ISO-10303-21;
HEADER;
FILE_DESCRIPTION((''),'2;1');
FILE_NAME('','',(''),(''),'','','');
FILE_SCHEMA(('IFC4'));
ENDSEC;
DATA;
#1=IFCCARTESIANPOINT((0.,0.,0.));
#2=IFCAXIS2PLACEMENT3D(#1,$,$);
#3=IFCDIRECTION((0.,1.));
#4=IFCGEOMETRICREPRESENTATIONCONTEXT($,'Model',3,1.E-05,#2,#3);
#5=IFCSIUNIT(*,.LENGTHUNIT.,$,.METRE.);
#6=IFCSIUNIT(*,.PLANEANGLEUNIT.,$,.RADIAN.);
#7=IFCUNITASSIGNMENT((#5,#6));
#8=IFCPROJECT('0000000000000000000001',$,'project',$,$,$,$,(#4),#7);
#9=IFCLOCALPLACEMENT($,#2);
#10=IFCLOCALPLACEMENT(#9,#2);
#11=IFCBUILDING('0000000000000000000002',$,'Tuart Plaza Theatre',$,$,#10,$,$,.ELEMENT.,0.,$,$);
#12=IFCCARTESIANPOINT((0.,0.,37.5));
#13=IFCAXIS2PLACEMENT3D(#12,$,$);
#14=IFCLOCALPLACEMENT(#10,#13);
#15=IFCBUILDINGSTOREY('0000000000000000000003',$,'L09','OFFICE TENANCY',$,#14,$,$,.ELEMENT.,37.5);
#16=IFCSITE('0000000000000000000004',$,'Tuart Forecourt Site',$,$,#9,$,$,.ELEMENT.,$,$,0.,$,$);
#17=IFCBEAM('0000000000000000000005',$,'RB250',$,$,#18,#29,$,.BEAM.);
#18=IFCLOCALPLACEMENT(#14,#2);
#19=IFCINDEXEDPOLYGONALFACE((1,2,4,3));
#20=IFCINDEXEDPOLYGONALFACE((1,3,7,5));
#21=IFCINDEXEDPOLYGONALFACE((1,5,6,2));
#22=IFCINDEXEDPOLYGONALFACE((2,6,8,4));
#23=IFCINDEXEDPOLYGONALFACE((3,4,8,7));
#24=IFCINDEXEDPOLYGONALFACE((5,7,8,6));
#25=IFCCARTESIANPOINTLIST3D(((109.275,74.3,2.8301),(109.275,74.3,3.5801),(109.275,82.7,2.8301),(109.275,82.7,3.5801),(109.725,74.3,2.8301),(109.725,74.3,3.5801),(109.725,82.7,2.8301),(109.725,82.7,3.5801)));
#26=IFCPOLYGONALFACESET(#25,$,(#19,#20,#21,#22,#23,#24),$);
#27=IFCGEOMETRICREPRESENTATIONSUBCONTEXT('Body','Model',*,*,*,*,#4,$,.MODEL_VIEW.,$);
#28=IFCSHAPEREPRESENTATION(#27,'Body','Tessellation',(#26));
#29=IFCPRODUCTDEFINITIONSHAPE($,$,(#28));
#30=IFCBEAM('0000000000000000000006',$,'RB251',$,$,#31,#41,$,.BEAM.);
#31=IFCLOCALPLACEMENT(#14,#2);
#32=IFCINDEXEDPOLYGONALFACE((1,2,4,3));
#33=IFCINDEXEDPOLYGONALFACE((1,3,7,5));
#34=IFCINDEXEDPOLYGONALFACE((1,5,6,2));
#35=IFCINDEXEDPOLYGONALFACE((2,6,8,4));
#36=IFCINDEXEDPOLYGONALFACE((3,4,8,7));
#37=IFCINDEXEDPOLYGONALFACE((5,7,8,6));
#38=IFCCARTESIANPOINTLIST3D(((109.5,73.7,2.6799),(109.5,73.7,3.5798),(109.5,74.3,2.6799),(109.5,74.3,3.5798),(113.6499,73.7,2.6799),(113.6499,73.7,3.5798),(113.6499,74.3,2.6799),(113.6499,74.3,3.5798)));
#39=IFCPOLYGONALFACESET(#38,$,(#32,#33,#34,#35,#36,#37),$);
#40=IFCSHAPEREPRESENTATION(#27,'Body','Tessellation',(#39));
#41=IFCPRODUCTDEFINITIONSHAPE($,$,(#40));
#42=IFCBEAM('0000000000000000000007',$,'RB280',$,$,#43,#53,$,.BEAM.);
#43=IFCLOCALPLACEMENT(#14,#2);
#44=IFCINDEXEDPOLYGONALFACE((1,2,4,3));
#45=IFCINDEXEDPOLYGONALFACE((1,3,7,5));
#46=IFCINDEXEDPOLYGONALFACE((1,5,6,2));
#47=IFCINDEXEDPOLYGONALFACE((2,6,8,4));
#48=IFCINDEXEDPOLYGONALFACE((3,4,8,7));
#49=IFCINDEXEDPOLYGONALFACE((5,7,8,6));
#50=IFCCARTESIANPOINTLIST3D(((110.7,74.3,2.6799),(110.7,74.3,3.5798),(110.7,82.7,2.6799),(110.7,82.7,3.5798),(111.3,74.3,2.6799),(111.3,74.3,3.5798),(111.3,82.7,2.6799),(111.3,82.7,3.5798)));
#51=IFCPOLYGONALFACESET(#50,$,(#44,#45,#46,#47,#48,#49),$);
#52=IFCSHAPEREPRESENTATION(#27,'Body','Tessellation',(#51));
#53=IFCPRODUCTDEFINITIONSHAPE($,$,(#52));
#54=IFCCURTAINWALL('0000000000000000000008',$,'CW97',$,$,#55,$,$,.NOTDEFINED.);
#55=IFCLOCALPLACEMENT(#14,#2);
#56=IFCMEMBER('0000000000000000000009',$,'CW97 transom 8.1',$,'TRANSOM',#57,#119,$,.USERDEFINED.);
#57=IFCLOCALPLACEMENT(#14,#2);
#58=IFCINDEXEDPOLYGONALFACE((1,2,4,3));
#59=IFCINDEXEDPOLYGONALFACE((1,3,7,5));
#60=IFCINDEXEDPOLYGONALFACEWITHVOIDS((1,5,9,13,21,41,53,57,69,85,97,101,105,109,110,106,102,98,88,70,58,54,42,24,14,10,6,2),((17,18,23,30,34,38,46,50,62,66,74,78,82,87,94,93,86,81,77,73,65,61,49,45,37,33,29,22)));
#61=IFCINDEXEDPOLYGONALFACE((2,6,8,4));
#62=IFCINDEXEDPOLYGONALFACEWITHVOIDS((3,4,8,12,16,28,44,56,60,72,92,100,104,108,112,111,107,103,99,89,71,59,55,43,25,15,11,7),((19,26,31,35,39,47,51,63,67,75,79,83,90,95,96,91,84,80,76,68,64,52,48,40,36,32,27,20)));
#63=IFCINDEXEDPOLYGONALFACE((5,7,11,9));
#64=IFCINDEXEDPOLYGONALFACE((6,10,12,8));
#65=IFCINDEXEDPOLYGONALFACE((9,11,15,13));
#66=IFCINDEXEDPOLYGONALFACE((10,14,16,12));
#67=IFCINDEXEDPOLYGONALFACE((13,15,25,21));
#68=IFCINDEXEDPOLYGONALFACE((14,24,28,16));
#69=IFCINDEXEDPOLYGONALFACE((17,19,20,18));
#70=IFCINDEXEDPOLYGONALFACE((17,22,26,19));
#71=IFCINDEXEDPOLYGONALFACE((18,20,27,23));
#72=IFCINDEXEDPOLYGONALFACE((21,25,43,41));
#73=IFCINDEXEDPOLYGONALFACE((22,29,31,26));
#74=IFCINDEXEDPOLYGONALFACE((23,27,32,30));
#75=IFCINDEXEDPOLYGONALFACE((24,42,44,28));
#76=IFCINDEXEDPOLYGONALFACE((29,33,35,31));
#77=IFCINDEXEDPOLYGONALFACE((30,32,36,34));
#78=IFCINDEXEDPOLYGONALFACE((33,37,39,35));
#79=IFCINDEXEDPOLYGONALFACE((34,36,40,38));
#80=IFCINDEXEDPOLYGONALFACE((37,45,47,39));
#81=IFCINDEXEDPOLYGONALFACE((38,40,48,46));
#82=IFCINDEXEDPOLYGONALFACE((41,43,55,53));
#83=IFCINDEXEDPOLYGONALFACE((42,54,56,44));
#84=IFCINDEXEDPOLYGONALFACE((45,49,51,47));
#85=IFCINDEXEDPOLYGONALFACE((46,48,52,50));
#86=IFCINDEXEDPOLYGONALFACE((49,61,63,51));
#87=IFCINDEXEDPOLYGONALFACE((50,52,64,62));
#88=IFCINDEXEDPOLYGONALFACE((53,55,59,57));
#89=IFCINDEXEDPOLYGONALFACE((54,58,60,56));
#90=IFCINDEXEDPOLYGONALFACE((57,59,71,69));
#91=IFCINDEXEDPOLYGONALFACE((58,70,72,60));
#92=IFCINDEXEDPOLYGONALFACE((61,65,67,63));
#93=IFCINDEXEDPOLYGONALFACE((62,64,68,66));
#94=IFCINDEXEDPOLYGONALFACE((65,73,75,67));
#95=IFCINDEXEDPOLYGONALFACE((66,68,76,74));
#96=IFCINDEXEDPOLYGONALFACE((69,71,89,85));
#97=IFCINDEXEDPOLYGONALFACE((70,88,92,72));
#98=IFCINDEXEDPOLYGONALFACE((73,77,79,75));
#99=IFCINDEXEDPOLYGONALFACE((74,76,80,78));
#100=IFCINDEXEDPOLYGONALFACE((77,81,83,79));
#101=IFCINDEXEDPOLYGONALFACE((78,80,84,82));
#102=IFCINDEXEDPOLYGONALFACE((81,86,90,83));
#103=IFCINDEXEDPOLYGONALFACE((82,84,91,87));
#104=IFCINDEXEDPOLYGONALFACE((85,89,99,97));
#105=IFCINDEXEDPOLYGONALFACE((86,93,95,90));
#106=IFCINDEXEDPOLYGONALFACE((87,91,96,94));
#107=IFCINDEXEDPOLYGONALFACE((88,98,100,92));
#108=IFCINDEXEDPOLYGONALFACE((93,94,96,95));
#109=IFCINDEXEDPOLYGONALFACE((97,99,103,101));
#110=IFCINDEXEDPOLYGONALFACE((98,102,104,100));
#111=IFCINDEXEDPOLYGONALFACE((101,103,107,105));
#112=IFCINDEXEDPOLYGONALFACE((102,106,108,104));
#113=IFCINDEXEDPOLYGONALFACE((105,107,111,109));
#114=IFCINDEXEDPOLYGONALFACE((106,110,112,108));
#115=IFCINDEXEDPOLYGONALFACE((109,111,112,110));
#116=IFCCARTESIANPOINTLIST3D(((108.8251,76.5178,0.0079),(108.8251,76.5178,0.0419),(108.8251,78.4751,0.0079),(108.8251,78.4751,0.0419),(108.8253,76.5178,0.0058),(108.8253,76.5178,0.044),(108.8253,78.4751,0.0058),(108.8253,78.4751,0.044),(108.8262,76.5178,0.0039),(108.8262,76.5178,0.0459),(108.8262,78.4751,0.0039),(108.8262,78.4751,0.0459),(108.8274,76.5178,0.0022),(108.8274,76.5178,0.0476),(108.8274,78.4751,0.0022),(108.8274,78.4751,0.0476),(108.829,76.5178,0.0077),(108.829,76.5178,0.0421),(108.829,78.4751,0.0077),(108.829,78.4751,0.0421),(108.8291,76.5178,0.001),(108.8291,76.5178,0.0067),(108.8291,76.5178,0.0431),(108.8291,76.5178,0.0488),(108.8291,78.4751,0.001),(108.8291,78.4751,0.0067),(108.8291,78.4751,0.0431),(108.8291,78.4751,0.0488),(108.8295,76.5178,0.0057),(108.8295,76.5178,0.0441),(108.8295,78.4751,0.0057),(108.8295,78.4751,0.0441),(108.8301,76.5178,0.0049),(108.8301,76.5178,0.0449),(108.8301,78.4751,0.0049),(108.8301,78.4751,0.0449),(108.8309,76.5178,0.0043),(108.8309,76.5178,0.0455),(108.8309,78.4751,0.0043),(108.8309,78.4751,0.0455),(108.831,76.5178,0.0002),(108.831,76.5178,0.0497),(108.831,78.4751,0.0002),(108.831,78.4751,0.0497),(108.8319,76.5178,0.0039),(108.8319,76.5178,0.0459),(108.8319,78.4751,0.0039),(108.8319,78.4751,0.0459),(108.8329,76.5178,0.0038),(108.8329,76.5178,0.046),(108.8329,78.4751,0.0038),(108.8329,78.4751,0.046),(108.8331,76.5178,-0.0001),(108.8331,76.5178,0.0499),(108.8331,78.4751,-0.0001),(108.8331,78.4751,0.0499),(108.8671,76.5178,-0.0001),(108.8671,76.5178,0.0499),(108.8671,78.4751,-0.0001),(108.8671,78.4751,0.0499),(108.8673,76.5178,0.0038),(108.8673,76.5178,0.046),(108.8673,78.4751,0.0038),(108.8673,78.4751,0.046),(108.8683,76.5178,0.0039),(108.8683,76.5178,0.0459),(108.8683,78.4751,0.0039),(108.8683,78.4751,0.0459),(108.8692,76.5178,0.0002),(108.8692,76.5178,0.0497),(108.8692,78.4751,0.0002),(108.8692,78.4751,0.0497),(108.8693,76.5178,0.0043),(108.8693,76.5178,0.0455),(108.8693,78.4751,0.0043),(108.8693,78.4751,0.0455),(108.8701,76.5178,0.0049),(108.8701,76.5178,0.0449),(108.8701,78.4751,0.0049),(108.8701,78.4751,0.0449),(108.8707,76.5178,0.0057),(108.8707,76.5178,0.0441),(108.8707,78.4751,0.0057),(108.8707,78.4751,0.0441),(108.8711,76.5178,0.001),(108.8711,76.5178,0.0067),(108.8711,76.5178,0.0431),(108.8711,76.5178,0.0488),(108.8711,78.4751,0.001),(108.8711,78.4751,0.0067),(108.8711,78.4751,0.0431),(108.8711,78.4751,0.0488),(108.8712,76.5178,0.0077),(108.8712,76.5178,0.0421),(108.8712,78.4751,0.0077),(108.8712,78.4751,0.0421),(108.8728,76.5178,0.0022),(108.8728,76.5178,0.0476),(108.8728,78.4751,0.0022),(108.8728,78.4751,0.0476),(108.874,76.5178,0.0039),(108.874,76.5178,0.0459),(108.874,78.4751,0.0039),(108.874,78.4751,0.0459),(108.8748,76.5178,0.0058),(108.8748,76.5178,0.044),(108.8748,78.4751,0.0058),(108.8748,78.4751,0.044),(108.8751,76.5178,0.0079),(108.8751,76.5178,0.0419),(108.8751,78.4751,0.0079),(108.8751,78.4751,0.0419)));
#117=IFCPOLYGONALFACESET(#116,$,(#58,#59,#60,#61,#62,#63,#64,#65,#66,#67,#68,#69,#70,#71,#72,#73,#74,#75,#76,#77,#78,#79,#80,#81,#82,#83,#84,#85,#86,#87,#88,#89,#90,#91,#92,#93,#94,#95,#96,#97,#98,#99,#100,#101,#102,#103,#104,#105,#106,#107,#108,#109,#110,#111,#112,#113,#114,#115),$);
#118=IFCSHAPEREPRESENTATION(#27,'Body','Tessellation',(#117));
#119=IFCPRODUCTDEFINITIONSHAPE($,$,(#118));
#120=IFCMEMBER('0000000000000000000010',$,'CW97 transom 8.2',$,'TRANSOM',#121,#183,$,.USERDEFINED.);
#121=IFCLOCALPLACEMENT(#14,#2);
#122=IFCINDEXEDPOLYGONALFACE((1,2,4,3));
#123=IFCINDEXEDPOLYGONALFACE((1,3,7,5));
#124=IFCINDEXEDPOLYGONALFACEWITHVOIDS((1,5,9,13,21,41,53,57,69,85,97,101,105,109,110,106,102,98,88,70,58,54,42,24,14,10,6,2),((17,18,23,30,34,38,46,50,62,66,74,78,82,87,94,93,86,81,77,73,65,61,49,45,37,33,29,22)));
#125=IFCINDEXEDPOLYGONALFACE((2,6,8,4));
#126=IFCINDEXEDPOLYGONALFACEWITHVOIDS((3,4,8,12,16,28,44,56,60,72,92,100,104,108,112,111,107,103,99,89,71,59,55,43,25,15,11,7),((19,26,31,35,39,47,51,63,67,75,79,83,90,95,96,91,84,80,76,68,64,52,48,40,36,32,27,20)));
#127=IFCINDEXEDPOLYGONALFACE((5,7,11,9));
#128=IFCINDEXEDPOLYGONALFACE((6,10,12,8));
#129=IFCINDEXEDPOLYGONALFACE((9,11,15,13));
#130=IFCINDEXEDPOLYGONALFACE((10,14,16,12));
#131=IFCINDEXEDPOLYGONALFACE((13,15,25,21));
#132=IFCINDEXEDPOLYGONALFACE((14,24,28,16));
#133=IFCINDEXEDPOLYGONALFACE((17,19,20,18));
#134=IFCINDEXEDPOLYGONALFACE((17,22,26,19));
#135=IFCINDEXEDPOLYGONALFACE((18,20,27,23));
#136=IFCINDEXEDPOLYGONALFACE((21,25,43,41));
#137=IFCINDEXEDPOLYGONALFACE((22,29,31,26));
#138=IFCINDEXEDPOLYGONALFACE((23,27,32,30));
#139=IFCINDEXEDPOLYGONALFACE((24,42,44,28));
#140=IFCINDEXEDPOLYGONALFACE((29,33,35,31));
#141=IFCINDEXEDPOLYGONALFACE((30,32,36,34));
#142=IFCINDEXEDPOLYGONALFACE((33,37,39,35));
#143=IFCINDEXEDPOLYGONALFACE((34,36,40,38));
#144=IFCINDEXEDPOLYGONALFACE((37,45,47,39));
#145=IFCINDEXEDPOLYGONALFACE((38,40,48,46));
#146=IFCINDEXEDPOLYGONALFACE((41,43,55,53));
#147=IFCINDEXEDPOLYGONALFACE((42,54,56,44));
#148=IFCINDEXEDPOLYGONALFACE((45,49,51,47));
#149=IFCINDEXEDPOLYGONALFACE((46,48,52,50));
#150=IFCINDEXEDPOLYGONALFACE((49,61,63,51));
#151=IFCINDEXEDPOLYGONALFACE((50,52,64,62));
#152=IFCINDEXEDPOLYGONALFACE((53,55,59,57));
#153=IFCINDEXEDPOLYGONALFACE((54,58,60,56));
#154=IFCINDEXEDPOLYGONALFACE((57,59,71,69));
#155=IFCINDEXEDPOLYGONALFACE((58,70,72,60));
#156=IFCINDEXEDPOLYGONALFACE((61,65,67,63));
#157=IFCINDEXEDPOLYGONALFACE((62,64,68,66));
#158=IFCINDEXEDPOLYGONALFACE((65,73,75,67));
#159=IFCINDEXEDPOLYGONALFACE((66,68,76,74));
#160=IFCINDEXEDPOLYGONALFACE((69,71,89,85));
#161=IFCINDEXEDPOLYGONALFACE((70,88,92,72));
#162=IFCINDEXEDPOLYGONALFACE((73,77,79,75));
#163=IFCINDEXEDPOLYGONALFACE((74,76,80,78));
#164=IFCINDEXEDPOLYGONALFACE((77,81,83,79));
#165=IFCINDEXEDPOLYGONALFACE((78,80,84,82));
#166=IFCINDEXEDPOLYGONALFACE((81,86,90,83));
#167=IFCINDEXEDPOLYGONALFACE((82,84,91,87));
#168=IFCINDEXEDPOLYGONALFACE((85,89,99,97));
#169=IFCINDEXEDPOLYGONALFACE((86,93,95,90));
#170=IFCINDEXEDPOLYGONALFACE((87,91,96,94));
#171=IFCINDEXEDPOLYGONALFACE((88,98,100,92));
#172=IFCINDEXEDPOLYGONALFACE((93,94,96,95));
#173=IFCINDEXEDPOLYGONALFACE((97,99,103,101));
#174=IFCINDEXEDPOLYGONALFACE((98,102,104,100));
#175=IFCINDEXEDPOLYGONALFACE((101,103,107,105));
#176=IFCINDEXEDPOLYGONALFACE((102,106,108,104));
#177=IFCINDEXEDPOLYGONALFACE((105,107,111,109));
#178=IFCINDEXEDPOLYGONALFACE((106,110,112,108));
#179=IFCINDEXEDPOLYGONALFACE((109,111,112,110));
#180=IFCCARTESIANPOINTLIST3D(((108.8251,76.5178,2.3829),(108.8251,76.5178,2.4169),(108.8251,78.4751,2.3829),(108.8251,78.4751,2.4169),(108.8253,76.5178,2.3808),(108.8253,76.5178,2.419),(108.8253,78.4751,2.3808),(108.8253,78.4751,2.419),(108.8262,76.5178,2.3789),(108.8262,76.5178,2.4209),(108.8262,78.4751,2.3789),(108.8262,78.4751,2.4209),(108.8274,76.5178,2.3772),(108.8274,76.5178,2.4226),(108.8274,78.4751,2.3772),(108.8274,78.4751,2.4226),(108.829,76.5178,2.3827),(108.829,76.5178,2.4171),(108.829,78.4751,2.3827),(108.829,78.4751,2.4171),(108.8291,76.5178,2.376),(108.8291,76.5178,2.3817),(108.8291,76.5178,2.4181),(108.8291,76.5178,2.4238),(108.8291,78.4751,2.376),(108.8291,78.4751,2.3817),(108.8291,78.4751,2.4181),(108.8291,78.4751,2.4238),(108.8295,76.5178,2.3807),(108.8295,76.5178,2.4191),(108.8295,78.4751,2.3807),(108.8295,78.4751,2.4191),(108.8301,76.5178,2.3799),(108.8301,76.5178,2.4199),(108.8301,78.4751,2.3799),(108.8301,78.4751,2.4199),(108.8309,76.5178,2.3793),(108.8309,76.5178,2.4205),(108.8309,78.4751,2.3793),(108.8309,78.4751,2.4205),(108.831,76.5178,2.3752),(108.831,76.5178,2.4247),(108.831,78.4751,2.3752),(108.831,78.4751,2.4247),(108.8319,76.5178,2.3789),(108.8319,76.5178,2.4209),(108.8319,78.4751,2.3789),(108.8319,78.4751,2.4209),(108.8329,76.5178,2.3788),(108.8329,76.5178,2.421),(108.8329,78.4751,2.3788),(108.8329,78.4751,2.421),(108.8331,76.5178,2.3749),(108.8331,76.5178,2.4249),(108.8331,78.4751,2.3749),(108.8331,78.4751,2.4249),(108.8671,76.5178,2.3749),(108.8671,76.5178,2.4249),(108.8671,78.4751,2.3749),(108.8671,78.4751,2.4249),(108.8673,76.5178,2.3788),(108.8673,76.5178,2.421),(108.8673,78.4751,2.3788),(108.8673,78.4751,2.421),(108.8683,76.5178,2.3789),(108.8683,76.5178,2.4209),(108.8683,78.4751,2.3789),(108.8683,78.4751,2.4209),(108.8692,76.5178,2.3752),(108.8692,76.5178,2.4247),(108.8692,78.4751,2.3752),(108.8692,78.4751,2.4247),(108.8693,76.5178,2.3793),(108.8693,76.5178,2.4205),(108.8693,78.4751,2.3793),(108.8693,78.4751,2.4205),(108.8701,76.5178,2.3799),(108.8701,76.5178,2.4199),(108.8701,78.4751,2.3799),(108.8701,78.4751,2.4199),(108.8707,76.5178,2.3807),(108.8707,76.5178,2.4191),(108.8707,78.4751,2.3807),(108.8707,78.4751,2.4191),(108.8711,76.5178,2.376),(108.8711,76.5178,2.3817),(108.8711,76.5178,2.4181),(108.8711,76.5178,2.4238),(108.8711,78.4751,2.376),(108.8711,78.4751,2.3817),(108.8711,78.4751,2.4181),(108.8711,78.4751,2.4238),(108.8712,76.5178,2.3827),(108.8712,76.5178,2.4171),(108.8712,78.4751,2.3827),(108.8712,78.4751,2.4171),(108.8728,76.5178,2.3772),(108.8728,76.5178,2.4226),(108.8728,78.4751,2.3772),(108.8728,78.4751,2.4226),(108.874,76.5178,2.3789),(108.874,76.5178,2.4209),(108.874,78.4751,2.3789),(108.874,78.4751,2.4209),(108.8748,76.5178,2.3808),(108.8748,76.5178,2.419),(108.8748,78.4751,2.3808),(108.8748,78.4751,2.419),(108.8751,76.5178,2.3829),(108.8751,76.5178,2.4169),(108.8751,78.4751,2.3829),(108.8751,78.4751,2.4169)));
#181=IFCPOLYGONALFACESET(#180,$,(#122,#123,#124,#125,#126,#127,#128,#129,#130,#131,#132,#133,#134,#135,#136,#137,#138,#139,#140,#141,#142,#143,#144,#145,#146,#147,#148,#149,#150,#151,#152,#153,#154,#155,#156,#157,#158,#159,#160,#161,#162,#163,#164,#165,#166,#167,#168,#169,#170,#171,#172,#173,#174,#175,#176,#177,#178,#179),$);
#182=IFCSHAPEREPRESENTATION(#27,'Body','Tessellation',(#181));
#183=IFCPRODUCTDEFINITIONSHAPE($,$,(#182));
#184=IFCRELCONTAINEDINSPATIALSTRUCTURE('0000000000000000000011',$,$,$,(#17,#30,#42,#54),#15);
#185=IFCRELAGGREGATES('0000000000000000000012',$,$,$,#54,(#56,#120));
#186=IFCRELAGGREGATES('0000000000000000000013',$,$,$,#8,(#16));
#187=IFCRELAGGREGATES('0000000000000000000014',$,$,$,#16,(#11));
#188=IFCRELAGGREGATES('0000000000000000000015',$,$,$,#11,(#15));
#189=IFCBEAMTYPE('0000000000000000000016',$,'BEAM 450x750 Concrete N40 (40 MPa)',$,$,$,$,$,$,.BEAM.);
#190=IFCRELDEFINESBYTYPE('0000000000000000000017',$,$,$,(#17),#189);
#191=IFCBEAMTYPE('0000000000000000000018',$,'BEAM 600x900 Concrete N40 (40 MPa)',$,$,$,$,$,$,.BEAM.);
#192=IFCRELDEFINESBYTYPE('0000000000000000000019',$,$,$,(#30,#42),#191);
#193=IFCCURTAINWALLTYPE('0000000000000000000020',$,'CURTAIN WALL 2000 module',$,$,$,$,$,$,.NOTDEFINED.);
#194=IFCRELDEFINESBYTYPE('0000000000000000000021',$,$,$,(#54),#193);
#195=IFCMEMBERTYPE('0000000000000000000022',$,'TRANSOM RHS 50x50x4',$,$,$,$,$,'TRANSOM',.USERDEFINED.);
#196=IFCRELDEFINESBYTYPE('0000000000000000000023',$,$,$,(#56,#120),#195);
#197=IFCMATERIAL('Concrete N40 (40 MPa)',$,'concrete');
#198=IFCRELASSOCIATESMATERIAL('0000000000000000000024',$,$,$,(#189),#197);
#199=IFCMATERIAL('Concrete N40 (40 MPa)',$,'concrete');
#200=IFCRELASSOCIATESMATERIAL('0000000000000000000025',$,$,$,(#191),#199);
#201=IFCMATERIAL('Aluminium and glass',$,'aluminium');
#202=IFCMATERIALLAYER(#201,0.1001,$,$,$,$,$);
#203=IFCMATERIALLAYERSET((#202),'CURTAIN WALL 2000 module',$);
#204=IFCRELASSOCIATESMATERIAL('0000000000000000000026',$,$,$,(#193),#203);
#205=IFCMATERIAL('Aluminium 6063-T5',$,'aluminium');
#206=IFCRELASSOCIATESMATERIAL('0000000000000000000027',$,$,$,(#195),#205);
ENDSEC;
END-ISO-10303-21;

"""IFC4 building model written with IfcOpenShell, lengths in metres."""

from ifc_helpers import new_model, si_unit, direction, frame, origin, origin_2d, place, context, subcontext, project, spatial, rectangle, hollow_rectangle, extrude, material, layer, layer_set, material_profile, profile_set, type_object, element, aggregate, save


model = new_model("IFC4")

# Units and contexts
model_context = context("Model", 3, precision=1e-05, world=origin(), true_north=direction((0.0, 1.0)))
body_context = subcontext(model_context, "Body", "Model", "MODEL_VIEW")
ifc_project = project(units=[si_unit("LENGTHUNIT", "METRE"), si_unit("PLANEANGLEUNIT", "RADIAN")], contexts=[model_context])

# Site, building, storey
site_placement = place(None, origin())
site = spatial("IfcSite", under=ifc_project, at=site_placement, Name="Tuart Forecourt Site", CompositionType="ELEMENT", RefElevation=0.0)
building_placement = place(site_placement, origin())
building = spatial("IfcBuilding", under=site, at=building_placement, Name="Tuart Plaza Theatre", CompositionType="ELEMENT", ElevationOfRefHeight=0.0)
storey_placement = place(building_placement, frame((0.0, 0.0, 37.5)))
storey = spatial("IfcBuildingStorey", under=building, at=storey_placement, Name="L09", Description="OFFICE TENANCY", CompositionType="ELEMENT", Elevation=37.5)

# Beams
ifc_material_1 = material(Name="Concrete N40 (40 MPa)", Category="concrete")
ifc_material_profile_1 = material_profile(ifc_material_1, rectangle(XDim=0.45, YDim=0.75, at=origin_2d()), Name="BEAM 450x750 Concrete N40 (40 MPa)")
ifc_profile_set_1 = profile_set([ifc_material_profile_1], Name="Concrete N40 (40 MPa)")
beam_type_1 = type_object("IfcBeamType", Name="BEAM 450x750 Concrete N40 (40 MPa)", PredefinedType="BEAM", material=ifc_profile_set_1)
beam_1_placement = place(storey_placement, frame((109.5, 74.3, 3.2051), z_axis=(0.0, 1.0, 0.0), x_axis=(-1.0, 0.0, 0.0)))
element("IfcBeam", 1, at=beam_1_placement, inside=storey, type_object=beam_type_1, Name="RB250", PredefinedType="BEAM", context=body_context, shape_type="SweptSolid", body=[
    extrude(rectangle(XDim=0.45, YDim=0.75, at=origin_2d()), origin(), (0.0, 0.0, 1.0), 8.3999),
])
ifc_material_2 = material(Name="Concrete N40 (40 MPa)", Category="concrete")
ifc_material_profile_2 = material_profile(ifc_material_2, rectangle(XDim=0.6001, YDim=0.8999, at=origin_2d()), Name="BEAM 600x900 Concrete N40 (40 MPa)")
ifc_profile_set_2 = profile_set([ifc_material_profile_2], Name="Concrete N40 (40 MPa)")
beam_type_2 = type_object("IfcBeamType", Name="BEAM 600x900 Concrete N40 (40 MPa)", PredefinedType="BEAM", material=ifc_profile_set_2)
beam_2_placement = place(storey_placement, frame((109.5, 74.0, 3.1299), z_axis=(1.0, 0.0, 0.0), x_axis=(0.0, 1.0, 0.0)))
element("IfcBeam", 2, at=beam_2_placement, inside=storey, type_object=beam_type_2, Name="RB251", PredefinedType="BEAM", context=body_context, shape_type="SweptSolid", body=[
    extrude(rectangle(XDim=0.6001, YDim=0.8999, at=origin_2d()), origin(), (0.0, 0.0, 1.0), 4.1499),
])
beam_3_placement = place(storey_placement, frame((111.0, 74.3, 3.1299), z_axis=(0.0, 1.0, 0.0), x_axis=(-1.0, 0.0, 0.0)))
element("IfcBeam", 3, at=beam_3_placement, inside=storey, type_object=beam_type_2, Name="RB280", PredefinedType="BEAM", context=body_context, shape_type="SweptSolid", body=[
    extrude(rectangle(XDim=0.6001, YDim=0.8999, at=origin_2d()), origin(), (0.0, 0.0, 1.0), 8.3999),
])

# Curtain wall, members
ifc_material_3 = material(Name="Aluminium and glass", Category="aluminium")
ifc_layer_1 = layer(ifc_material_3, 0.1001)
ifc_layer_set_1 = layer_set([ifc_layer_1], Name="CURTAIN WALL 2000 module")
curtain_wall_type = type_object("IfcCurtainWallType", Name="CURTAIN WALL 2000 module", PredefinedType="NOTDEFINED", material=ifc_layer_set_1)
curtain_wall_placement = place(storey_placement, origin())
curtain_wall = element("IfcCurtainWall", 4, at=curtain_wall_placement, inside=storey, type_object=curtain_wall_type, Name="CW97", PredefinedType="NOTDEFINED")
ifc_material_4 = material(Name="Aluminium 6063-T5", Category="aluminium")
ifc_material_profile_3 = material_profile(ifc_material_4, hollow_rectangle(XDim=0.05, YDim=0.05, WallThickness=0.0039, InnerFilletRadius=0.0039, OuterFilletRadius=0.0081, at=origin_2d()), Name="RHS 50x50x4")
ifc_profile_set_3 = profile_set([ifc_material_profile_3], Name="Aluminium 6063-T5")
member_type = type_object("IfcMemberType", Name="TRANSOM RHS 50x50x4", ElementType="TRANSOM", PredefinedType="USERDEFINED", material=ifc_profile_set_3)
member_1_placement = place(storey_placement, frame((108.8501, 78.4751, 0.0249), z_axis=(0.0, -1.0, 0.0), x_axis=(1.0, 0.0, 0.0)))
member_1 = element("IfcMember", 5, at=member_1_placement, type_object=member_type, Name="CW97 transom 8.1", ObjectType="TRANSOM", PredefinedType="USERDEFINED", context=body_context, shape_type="SweptSolid", body=[
    extrude(hollow_rectangle(XDim=0.05, YDim=0.05, WallThickness=0.0039, InnerFilletRadius=0.0039, OuterFilletRadius=0.0081, at=origin_2d()), origin(), (0.0, 0.0, 1.0), 1.9573),
])
member_2_placement = place(storey_placement, frame((108.8501, 78.4751, 2.3999), z_axis=(0.0, -1.0, 0.0), x_axis=(1.0, 0.0, 0.0)))
member_2 = element("IfcMember", 6, at=member_2_placement, type_object=member_type, Name="CW97 transom 8.2", ObjectType="TRANSOM", PredefinedType="USERDEFINED", context=body_context, shape_type="SweptSolid", body=[
    extrude(hollow_rectangle(XDim=0.05, YDim=0.05, WallThickness=0.0039, InnerFilletRadius=0.0039, OuterFilletRadius=0.0081, at=origin_2d()), origin(), (0.0, 0.0, 1.0), 1.9573),
])
aggregate(curtain_wall, [member_1, member_2])

save(model, "model.ifc")
